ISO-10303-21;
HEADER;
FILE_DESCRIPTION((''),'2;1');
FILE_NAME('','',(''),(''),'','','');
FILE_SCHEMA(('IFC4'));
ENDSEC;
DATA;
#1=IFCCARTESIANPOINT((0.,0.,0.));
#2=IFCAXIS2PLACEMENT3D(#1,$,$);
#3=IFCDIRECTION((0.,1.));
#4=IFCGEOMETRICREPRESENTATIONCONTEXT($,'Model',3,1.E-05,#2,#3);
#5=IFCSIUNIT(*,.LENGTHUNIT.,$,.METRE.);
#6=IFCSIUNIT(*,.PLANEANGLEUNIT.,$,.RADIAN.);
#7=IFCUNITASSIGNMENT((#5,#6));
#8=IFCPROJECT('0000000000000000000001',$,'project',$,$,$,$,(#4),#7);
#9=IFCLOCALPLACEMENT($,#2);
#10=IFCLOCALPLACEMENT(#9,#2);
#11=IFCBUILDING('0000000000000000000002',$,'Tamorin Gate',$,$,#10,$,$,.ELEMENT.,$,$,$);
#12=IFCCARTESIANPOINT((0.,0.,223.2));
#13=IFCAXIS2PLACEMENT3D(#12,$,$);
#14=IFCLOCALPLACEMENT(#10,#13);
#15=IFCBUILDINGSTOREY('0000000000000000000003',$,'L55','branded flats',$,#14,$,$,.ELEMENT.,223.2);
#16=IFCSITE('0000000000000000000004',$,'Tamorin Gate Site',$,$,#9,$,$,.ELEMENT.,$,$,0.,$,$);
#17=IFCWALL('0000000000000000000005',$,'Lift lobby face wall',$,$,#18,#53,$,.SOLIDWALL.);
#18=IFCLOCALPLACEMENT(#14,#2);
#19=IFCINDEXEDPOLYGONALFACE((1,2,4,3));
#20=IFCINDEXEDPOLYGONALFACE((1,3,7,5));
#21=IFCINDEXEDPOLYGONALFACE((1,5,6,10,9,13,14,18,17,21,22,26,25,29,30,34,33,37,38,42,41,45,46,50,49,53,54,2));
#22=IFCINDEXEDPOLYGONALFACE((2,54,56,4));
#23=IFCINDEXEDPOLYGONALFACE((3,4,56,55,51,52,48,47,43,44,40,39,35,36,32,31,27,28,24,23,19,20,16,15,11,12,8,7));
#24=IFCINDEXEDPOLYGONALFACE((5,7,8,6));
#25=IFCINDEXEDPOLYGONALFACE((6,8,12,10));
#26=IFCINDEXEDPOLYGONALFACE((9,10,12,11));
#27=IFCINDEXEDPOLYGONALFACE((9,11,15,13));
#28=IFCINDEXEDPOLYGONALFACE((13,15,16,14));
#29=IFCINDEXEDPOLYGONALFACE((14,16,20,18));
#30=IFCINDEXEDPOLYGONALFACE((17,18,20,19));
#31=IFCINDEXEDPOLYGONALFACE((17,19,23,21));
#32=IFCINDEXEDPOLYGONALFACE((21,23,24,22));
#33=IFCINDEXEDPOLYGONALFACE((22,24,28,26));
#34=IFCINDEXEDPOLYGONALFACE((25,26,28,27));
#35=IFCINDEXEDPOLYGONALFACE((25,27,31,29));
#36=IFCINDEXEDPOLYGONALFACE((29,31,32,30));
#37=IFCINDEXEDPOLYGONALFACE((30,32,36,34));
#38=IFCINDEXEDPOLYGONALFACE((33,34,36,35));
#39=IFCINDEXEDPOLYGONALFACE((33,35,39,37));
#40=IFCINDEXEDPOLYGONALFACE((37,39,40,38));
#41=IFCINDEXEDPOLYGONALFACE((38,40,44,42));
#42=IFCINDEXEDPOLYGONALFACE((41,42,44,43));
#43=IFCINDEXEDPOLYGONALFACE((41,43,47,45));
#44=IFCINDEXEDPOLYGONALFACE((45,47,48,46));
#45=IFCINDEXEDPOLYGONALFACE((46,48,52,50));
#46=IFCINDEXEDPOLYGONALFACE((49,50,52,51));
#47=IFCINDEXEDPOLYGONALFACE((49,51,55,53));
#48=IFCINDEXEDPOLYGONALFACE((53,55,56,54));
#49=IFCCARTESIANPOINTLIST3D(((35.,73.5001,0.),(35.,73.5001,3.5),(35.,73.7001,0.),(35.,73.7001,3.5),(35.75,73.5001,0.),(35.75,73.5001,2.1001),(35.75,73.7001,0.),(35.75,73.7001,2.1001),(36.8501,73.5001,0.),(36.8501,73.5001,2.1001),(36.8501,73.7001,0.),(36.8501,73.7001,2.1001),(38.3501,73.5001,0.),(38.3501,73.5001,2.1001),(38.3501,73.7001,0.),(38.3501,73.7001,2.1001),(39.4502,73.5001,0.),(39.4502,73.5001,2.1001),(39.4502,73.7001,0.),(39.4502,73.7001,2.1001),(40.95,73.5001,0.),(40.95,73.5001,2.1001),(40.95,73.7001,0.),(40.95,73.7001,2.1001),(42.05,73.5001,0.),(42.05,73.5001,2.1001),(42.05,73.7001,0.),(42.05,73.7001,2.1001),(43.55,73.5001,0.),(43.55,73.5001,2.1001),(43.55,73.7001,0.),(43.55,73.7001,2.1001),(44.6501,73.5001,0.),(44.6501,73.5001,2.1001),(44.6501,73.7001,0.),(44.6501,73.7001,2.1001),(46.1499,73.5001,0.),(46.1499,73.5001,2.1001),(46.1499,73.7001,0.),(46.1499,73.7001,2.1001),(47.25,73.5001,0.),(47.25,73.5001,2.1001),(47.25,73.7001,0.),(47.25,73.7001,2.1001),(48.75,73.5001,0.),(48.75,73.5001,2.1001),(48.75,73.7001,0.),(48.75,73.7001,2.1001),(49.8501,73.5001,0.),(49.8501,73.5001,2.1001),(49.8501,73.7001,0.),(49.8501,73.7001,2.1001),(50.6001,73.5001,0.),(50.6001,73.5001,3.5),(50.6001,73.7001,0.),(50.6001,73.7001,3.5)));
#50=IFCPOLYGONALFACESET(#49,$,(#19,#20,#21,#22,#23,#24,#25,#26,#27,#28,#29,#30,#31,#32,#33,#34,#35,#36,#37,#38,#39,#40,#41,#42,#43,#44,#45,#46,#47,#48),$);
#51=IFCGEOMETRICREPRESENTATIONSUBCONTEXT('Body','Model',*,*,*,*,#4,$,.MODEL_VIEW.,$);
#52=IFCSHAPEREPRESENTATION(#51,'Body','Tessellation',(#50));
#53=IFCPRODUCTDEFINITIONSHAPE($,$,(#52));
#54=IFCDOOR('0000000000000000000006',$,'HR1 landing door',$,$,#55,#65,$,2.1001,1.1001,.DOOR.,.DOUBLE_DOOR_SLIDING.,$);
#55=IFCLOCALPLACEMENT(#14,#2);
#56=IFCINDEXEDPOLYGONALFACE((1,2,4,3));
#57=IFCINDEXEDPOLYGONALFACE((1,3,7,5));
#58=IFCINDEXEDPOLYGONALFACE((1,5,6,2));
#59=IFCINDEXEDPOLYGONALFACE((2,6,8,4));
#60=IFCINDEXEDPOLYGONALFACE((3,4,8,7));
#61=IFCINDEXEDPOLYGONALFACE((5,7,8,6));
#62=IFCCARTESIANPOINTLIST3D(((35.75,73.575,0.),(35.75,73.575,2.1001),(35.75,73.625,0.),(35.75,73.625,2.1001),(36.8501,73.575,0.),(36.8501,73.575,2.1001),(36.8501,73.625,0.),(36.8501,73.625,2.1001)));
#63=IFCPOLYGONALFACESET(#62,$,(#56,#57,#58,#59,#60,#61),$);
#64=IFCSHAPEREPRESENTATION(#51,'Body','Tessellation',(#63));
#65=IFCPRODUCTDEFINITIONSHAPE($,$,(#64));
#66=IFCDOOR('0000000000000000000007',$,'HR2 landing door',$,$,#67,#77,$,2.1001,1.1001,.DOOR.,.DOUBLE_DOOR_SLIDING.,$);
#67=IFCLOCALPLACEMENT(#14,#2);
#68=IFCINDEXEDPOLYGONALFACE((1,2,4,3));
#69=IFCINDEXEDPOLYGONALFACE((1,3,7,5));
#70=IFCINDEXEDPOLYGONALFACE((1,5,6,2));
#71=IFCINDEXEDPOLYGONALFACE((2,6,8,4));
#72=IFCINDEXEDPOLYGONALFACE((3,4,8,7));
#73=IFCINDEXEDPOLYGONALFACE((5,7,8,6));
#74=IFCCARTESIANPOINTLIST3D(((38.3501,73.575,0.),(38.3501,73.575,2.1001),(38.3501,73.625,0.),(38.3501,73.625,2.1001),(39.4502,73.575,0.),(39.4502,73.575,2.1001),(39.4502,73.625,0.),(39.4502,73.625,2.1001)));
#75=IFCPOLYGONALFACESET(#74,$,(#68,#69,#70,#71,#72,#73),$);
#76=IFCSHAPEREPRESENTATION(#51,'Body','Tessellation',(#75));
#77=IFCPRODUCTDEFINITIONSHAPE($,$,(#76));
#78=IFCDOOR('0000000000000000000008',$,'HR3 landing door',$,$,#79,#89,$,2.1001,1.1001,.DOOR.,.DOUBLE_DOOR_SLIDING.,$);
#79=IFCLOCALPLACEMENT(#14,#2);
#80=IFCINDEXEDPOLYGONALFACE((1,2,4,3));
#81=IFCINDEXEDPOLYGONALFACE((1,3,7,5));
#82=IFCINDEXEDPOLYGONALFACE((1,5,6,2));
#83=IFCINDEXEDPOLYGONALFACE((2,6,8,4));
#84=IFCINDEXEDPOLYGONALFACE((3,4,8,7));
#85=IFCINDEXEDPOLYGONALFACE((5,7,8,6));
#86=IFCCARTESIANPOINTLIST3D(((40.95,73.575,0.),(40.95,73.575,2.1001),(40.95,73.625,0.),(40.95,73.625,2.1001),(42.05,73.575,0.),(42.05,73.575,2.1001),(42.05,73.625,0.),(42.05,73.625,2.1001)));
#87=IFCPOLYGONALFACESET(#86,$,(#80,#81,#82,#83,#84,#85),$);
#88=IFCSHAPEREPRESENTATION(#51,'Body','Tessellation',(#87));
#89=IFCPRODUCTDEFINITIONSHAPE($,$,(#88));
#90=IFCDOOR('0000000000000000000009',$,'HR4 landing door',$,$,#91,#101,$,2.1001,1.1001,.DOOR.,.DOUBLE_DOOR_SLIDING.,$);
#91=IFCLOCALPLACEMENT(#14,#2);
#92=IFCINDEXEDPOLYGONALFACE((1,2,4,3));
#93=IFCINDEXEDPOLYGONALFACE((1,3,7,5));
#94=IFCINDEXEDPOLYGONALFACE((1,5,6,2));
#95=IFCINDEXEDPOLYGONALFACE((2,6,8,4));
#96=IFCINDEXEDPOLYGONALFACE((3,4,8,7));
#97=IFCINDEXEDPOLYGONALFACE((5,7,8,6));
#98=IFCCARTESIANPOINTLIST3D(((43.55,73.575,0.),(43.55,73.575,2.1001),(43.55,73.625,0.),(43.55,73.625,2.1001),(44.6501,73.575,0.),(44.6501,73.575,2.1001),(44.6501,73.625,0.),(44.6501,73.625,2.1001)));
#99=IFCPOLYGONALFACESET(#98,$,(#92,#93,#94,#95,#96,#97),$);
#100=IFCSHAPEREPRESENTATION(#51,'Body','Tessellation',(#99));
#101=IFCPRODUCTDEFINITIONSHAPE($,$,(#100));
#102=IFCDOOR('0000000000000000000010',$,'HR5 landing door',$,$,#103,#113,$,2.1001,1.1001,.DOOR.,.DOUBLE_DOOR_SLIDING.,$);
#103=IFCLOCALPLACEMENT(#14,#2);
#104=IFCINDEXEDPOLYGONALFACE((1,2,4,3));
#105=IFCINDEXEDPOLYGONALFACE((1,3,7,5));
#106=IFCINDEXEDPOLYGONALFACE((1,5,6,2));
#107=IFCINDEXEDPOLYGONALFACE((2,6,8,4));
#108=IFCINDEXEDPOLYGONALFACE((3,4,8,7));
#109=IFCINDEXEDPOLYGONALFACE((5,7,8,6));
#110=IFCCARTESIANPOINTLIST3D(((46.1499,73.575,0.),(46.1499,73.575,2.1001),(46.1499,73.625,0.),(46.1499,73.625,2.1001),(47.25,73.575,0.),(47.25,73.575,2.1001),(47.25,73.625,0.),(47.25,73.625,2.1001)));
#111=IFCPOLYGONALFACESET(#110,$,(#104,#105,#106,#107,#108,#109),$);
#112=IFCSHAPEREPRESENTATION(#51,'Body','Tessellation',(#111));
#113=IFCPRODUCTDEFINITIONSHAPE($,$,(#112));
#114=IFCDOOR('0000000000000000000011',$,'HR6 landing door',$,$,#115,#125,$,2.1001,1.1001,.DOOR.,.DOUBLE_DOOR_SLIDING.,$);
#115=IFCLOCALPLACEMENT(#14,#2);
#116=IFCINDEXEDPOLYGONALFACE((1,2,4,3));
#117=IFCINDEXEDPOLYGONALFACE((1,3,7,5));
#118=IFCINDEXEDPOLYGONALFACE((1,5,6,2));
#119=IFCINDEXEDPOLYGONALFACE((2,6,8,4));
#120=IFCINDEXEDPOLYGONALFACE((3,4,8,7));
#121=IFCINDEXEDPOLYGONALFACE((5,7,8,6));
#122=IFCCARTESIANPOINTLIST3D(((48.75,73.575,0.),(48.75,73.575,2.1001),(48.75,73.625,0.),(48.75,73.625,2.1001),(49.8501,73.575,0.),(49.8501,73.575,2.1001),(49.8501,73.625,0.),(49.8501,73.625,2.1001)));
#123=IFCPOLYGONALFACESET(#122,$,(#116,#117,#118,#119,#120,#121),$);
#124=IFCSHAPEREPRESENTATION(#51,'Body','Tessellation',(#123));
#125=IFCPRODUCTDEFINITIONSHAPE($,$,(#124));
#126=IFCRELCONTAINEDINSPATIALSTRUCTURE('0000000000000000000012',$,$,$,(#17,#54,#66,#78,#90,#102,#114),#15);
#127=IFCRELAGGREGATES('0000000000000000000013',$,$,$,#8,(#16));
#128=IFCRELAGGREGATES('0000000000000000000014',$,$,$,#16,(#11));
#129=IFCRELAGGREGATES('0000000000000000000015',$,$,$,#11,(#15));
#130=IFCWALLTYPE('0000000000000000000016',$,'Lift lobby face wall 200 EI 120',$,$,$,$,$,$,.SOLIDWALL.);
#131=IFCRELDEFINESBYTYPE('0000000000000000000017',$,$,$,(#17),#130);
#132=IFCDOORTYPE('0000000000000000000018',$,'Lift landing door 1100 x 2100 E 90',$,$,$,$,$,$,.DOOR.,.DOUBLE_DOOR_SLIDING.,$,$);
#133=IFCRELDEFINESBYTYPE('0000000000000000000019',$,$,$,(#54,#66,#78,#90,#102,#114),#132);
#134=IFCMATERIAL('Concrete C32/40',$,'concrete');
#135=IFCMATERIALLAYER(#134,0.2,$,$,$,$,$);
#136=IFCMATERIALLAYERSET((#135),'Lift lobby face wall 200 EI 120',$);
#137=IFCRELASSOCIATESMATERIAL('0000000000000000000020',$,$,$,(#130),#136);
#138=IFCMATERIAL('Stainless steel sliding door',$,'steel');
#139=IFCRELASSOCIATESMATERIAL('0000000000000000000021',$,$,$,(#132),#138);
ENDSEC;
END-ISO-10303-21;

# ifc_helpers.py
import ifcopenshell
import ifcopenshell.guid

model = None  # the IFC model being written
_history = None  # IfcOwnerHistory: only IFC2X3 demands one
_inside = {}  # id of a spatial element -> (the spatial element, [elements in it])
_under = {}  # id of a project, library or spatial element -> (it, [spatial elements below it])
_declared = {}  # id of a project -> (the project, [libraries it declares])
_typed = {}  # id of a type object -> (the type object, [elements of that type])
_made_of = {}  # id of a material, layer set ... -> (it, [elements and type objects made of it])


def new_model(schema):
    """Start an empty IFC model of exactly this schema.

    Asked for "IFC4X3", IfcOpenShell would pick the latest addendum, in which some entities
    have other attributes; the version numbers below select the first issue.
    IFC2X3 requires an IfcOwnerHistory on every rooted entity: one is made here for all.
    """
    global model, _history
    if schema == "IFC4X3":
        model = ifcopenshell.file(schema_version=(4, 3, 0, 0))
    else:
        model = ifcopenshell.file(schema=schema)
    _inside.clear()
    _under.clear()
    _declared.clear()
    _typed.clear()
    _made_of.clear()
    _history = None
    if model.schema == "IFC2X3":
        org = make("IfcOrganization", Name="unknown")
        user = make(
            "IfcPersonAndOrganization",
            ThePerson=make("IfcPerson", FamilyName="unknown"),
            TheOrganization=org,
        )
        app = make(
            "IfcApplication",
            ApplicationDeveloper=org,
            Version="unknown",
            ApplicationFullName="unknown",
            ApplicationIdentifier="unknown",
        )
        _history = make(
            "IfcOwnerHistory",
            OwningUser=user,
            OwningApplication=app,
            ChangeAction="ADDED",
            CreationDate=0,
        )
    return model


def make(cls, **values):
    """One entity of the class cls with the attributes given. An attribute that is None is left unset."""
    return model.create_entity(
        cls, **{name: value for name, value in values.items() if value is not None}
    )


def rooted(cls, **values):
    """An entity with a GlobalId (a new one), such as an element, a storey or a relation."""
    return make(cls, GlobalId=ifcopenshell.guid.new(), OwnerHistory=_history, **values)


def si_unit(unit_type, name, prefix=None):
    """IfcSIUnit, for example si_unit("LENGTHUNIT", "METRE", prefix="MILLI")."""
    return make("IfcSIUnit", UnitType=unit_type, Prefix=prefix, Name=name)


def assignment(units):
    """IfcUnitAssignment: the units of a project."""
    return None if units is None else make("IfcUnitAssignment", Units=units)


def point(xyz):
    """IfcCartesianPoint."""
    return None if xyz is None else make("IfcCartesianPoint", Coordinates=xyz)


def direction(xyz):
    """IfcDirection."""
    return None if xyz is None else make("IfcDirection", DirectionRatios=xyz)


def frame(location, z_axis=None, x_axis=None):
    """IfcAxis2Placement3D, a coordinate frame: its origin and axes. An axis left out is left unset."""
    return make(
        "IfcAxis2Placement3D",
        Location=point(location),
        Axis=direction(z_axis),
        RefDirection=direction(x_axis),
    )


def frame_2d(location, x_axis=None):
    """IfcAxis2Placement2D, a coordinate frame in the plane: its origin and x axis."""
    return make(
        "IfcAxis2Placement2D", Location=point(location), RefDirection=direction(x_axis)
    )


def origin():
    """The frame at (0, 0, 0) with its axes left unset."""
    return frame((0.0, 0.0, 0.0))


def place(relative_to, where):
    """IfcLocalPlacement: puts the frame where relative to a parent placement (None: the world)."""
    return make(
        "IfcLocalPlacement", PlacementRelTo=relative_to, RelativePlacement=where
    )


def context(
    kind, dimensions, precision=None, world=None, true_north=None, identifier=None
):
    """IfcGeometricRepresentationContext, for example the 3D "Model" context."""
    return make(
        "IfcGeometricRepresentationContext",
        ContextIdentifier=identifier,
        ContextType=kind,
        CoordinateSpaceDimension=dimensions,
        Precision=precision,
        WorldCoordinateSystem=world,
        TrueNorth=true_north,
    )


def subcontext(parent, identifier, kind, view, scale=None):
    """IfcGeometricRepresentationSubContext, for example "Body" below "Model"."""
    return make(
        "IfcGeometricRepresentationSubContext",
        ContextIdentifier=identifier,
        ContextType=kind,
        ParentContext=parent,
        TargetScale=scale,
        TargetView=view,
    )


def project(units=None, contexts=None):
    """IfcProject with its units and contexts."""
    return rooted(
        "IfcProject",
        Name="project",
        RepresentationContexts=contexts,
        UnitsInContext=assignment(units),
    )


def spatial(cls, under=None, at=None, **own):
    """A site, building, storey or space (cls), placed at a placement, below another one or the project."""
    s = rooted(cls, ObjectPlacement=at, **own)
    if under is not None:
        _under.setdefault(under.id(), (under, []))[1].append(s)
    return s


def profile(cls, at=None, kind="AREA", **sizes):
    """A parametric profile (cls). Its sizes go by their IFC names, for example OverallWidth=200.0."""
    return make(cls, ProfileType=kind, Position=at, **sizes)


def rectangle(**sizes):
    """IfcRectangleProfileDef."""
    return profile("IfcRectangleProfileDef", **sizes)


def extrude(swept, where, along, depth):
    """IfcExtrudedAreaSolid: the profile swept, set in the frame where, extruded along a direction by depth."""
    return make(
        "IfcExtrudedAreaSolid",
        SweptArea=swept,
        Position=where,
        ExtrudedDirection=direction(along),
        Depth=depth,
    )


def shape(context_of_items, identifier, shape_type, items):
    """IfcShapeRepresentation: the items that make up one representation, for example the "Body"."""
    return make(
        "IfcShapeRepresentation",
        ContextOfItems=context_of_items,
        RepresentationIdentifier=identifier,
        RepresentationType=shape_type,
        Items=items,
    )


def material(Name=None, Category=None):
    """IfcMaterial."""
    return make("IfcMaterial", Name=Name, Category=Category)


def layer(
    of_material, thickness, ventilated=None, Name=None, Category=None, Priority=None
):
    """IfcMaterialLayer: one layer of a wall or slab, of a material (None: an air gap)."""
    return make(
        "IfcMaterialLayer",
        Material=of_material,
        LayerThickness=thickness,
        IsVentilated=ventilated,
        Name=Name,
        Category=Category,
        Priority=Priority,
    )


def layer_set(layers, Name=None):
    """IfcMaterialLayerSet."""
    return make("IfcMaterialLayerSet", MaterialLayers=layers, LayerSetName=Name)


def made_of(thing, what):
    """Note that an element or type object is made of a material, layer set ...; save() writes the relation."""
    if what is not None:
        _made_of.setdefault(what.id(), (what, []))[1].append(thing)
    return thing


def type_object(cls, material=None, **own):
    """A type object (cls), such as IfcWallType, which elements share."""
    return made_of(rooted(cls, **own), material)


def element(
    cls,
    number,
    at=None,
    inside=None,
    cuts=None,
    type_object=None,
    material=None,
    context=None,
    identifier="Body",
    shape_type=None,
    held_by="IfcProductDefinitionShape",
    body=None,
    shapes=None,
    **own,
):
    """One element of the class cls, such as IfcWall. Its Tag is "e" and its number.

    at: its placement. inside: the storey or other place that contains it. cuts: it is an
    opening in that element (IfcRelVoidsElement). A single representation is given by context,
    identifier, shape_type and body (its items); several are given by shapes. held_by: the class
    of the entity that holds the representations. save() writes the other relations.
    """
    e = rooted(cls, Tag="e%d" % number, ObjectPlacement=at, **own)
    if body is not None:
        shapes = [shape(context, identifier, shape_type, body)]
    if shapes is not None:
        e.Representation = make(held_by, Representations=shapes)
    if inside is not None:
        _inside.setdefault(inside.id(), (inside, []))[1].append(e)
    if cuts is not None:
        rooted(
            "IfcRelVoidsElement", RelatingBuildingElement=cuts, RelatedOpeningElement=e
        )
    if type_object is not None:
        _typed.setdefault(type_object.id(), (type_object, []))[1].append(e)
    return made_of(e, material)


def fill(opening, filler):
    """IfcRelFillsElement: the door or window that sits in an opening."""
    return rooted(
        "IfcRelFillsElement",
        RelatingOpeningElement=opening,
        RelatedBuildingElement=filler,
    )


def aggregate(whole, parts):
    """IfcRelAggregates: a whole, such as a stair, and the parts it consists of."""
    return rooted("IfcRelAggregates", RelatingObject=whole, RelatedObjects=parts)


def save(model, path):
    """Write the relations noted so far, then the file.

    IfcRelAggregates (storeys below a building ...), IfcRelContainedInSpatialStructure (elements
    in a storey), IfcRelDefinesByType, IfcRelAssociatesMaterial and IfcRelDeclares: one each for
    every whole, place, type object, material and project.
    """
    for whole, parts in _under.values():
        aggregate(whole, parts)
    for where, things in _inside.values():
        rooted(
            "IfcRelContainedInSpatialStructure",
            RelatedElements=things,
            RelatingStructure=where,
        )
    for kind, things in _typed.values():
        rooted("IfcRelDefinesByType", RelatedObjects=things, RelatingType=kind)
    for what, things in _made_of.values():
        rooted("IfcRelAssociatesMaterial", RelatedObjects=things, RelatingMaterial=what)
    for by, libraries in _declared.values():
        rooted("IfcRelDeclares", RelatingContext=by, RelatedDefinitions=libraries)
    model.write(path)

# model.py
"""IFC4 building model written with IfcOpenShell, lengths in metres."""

from ifc_helpers import new_model, si_unit, direction, frame, frame_2d, origin, place, context, subcontext, project, spatial, rectangle, extrude, material, layer, layer_set, type_object, element, fill, save


model = new_model("IFC4")

# Units and contexts
model_context = context("Model", 3, precision=1e-05, world=origin(), true_north=direction((0.0, 1.0)))
body_context = subcontext(model_context, "Body", "Model", "MODEL_VIEW")
ifc_project = project(units=[si_unit("LENGTHUNIT", "METRE"), si_unit("PLANEANGLEUNIT", "RADIAN")], contexts=[model_context])

# Site, building, storey
site_placement = place(None, origin())
site = spatial("IfcSite", under=ifc_project, at=site_placement, Name="Tamorin Gate Site", CompositionType="ELEMENT", RefElevation=0.0)
building_placement = place(site_placement, origin())
building = spatial("IfcBuilding", under=site, at=building_placement, Name="Tamorin Gate", CompositionType="ELEMENT")
storey_placement = place(building_placement, frame((0.0, 0.0, 223.2)))
storey = spatial("IfcBuildingStorey", under=building, at=storey_placement, Name="L55", Description="branded flats", CompositionType="ELEMENT", Elevation=223.2)

# Wall, openings, doors
ifc_material_1 = material(Name="Concrete C32/40", Category="concrete")
ifc_layer_1 = layer(ifc_material_1, 0.2)
ifc_layer_set_1 = layer_set([ifc_layer_1], Name="Lift lobby face wall 200 EI 120")
wall_type_1 = type_object("IfcWallType", Name="Lift lobby face wall 200 EI 120", PredefinedType="SOLIDWALL", material=ifc_layer_set_1)
wall_1_placement = place(storey_placement, frame((35.0, 73.6001, 0.0), z_axis=(0.0, 0.0, 1.0), x_axis=(1.0, 0.0, 0.0)))
wall_1 = element("IfcWall", 1, at=wall_1_placement, inside=storey, type_object=wall_type_1, Name="Lift lobby face wall", PredefinedType="SOLIDWALL", context=body_context, shape_type="SweptSolid", body=[
    extrude(rectangle(XDim=15.6001, YDim=0.2, at=frame_2d((7.8, 0.0))), origin(), (0.0, 0.0, 1.0), 3.5),
])
opening_1_placement = place(wall_1_placement, frame((0.75, 0.0, 0.0)))
opening_1 = element("IfcOpeningElement", 2, at=opening_1_placement, cuts=wall_1, PredefinedType="OPENING", context=body_context, shape_type="SweptSolid", body=[
    extrude(rectangle(XDim=1.1001, YDim=2.1001, at=frame_2d((0.55, 1.05))), frame((0.0, 0.1099, 0.0), z_axis=(0.0, -1.0, 0.0), x_axis=(1.0, 0.0, 0.0)), (0.0, 0.0, 1.0), 0.22),
])
opening_2_placement = place(wall_1_placement, frame((3.3501, 0.0, 0.0)))
opening_2 = element("IfcOpeningElement", 3, at=opening_2_placement, cuts=wall_1, PredefinedType="OPENING", context=body_context, shape_type="SweptSolid", body=[
    extrude(rectangle(XDim=1.1001, YDim=2.1001, at=frame_2d((0.55, 1.05))), frame((0.0, 0.1099, 0.0), z_axis=(0.0, -1.0, 0.0), x_axis=(1.0, 0.0, 0.0)), (0.0, 0.0, 1.0), 0.22),
])
opening_3_placement = place(wall_1_placement, frame((5.95, 0.0, 0.0)))
opening_3 = element("IfcOpeningElement", 4, at=opening_3_placement, cuts=wall_1, PredefinedType="OPENING", context=body_context, shape_type="SweptSolid", body=[
    extrude(rectangle(XDim=1.1001, YDim=2.1001, at=frame_2d((0.55, 1.05))), frame((0.0, 0.1099, 0.0), z_axis=(0.0, -1.0, 0.0), x_axis=(1.0, 0.0, 0.0)), (0.0, 0.0, 1.0), 0.22),
])
opening_4_placement = place(wall_1_placement, frame((8.55, 0.0, 0.0)))
opening_4 = element("IfcOpeningElement", 5, at=opening_4_placement, cuts=wall_1, PredefinedType="OPENING", context=body_context, shape_type="SweptSolid", body=[
    extrude(rectangle(XDim=1.1001, YDim=2.1001, at=frame_2d((0.55, 1.05))), frame((0.0, 0.1099, 0.0), z_axis=(0.0, -1.0, 0.0), x_axis=(1.0, 0.0, 0.0)), (0.0, 0.0, 1.0), 0.22),
])
opening_5_placement = place(wall_1_placement, frame((11.1499, 0.0, 0.0)))
opening_5 = element("IfcOpeningElement", 6, at=opening_5_placement, cuts=wall_1, PredefinedType="OPENING", context=body_context, shape_type="SweptSolid", body=[
    extrude(rectangle(XDim=1.1001, YDim=2.1001, at=frame_2d((0.55, 1.05))), frame((0.0, 0.1099, 0.0), z_axis=(0.0, -1.0, 0.0), x_axis=(1.0, 0.0, 0.0)), (0.0, 0.0, 1.0), 0.22),
])
opening_6_placement = place(wall_1_placement, frame((13.75, 0.0, 0.0)))
opening_6 = element("IfcOpeningElement", 7, at=opening_6_placement, cuts=wall_1, PredefinedType="OPENING", context=body_context, shape_type="SweptSolid", body=[
    extrude(rectangle(XDim=1.1001, YDim=2.1001, at=frame_2d((0.55, 1.05))), frame((0.0, 0.1099, 0.0), z_axis=(0.0, -1.0, 0.0), x_axis=(1.0, 0.0, 0.0)), (0.0, 0.0, 1.0), 0.22),
])
ifc_material_2 = material(Name="Stainless steel sliding door", Category="steel")
door_type_1 = type_object("IfcDoorType", Name="Lift landing door 1100 x 2100 E 90", OperationType="DOUBLE_DOOR_SLIDING", PredefinedType="DOOR", material=ifc_material_2)
door_1_placement = place(opening_1_placement, origin())
door_1 = element("IfcDoor", 8, at=door_1_placement, inside=storey, type_object=door_type_1, Name="HR1 landing door", OperationType="DOUBLE_DOOR_SLIDING", OverallHeight=2.1001, OverallWidth=1.1001, PredefinedType="DOOR", context=body_context, shape_type="SweptSolid", body=[
    extrude(rectangle(XDim=1.1001, YDim=2.1001, at=frame_2d((0.55, 1.05))), frame((0.0, 0.0249, 0.0), z_axis=(0.0, -1.0, 0.0), x_axis=(1.0, 0.0, 0.0)), (0.0, 0.0, 1.0), 0.05),
])
fill(opening_1, door_1)
door_2_placement = place(opening_2_placement, origin())
door_2 = element("IfcDoor", 9, at=door_2_placement, inside=storey, type_object=door_type_1, Name="HR2 landing door", OperationType="DOUBLE_DOOR_SLIDING", OverallHeight=2.1001, OverallWidth=1.1001, PredefinedType="DOOR", context=body_context, shape_type="SweptSolid", body=[
    extrude(rectangle(XDim=1.1001, YDim=2.1001, at=frame_2d((0.55, 1.05))), frame((0.0, 0.0249, 0.0), z_axis=(0.0, -1.0, 0.0), x_axis=(1.0, 0.0, 0.0)), (0.0, 0.0, 1.0), 0.05),
])
fill(opening_2, door_2)
door_3_placement = place(opening_3_placement, origin())
door_3 = element("IfcDoor", 10, at=door_3_placement, inside=storey, type_object=door_type_1, Name="HR3 landing door", OperationType="DOUBLE_DOOR_SLIDING", OverallHeight=2.1001, OverallWidth=1.1001, PredefinedType="DOOR", context=body_context, shape_type="SweptSolid", body=[
    extrude(rectangle(XDim=1.1001, YDim=2.1001, at=frame_2d((0.55, 1.05))), frame((0.0, 0.0249, 0.0), z_axis=(0.0, -1.0, 0.0), x_axis=(1.0, 0.0, 0.0)), (0.0, 0.0, 1.0), 0.05),
])
fill(opening_3, door_3)
door_4_placement = place(opening_4_placement, origin())
door_4 = element("IfcDoor", 11, at=door_4_placement, inside=storey, type_object=door_type_1, Name="HR4 landing door", OperationType="DOUBLE_DOOR_SLIDING", OverallHeight=2.1001, OverallWidth=1.1001, PredefinedType="DOOR", context=body_context, shape_type="SweptSolid", body=[
    extrude(rectangle(XDim=1.1001, YDim=2.1001, at=frame_2d((0.55, 1.05))), frame((0.0, 0.0249, 0.0), z_axis=(0.0, -1.0, 0.0), x_axis=(1.0, 0.0, 0.0)), (0.0, 0.0, 1.0), 0.05),
])
fill(opening_4, door_4)
door_5_placement = place(opening_5_placement, origin())
door_5 = element("IfcDoor", 12, at=door_5_placement, inside=storey, type_object=door_type_1, Name="HR5 landing door", OperationType="DOUBLE_DOOR_SLIDING", OverallHeight=2.1001, OverallWidth=1.1001, PredefinedType="DOOR", context=body_context, shape_type="SweptSolid", body=[
    extrude(rectangle(XDim=1.1001, YDim=2.1001, at=frame_2d((0.55, 1.05))), frame((0.0, 0.0249, 0.0), z_axis=(0.0, -1.0, 0.0), x_axis=(1.0, 0.0, 0.0)), (0.0, 0.0, 1.0), 0.05),
])
fill(opening_5, door_5)
door_6_placement = place(opening_6_placement, origin())
door_6 = element("IfcDoor", 13, at=door_6_placement, inside=storey, type_object=door_type_1, Name="HR6 landing door", OperationType="DOUBLE_DOOR_SLIDING", OverallHeight=2.1001, OverallWidth=1.1001, PredefinedType="DOOR", context=body_context, shape_type="SweptSolid", body=[
    extrude(rectangle(XDim=1.1001, YDim=2.1001, at=frame_2d((0.55, 1.05))), frame((0.0, 0.0249, 0.0), z_axis=(0.0, -1.0, 0.0), x_axis=(1.0, 0.0, 0.0)), (0.0, 0.0, 1.0), 0.05),
])
fill(opening_6, door_6)

save(model, "model.ifc")
